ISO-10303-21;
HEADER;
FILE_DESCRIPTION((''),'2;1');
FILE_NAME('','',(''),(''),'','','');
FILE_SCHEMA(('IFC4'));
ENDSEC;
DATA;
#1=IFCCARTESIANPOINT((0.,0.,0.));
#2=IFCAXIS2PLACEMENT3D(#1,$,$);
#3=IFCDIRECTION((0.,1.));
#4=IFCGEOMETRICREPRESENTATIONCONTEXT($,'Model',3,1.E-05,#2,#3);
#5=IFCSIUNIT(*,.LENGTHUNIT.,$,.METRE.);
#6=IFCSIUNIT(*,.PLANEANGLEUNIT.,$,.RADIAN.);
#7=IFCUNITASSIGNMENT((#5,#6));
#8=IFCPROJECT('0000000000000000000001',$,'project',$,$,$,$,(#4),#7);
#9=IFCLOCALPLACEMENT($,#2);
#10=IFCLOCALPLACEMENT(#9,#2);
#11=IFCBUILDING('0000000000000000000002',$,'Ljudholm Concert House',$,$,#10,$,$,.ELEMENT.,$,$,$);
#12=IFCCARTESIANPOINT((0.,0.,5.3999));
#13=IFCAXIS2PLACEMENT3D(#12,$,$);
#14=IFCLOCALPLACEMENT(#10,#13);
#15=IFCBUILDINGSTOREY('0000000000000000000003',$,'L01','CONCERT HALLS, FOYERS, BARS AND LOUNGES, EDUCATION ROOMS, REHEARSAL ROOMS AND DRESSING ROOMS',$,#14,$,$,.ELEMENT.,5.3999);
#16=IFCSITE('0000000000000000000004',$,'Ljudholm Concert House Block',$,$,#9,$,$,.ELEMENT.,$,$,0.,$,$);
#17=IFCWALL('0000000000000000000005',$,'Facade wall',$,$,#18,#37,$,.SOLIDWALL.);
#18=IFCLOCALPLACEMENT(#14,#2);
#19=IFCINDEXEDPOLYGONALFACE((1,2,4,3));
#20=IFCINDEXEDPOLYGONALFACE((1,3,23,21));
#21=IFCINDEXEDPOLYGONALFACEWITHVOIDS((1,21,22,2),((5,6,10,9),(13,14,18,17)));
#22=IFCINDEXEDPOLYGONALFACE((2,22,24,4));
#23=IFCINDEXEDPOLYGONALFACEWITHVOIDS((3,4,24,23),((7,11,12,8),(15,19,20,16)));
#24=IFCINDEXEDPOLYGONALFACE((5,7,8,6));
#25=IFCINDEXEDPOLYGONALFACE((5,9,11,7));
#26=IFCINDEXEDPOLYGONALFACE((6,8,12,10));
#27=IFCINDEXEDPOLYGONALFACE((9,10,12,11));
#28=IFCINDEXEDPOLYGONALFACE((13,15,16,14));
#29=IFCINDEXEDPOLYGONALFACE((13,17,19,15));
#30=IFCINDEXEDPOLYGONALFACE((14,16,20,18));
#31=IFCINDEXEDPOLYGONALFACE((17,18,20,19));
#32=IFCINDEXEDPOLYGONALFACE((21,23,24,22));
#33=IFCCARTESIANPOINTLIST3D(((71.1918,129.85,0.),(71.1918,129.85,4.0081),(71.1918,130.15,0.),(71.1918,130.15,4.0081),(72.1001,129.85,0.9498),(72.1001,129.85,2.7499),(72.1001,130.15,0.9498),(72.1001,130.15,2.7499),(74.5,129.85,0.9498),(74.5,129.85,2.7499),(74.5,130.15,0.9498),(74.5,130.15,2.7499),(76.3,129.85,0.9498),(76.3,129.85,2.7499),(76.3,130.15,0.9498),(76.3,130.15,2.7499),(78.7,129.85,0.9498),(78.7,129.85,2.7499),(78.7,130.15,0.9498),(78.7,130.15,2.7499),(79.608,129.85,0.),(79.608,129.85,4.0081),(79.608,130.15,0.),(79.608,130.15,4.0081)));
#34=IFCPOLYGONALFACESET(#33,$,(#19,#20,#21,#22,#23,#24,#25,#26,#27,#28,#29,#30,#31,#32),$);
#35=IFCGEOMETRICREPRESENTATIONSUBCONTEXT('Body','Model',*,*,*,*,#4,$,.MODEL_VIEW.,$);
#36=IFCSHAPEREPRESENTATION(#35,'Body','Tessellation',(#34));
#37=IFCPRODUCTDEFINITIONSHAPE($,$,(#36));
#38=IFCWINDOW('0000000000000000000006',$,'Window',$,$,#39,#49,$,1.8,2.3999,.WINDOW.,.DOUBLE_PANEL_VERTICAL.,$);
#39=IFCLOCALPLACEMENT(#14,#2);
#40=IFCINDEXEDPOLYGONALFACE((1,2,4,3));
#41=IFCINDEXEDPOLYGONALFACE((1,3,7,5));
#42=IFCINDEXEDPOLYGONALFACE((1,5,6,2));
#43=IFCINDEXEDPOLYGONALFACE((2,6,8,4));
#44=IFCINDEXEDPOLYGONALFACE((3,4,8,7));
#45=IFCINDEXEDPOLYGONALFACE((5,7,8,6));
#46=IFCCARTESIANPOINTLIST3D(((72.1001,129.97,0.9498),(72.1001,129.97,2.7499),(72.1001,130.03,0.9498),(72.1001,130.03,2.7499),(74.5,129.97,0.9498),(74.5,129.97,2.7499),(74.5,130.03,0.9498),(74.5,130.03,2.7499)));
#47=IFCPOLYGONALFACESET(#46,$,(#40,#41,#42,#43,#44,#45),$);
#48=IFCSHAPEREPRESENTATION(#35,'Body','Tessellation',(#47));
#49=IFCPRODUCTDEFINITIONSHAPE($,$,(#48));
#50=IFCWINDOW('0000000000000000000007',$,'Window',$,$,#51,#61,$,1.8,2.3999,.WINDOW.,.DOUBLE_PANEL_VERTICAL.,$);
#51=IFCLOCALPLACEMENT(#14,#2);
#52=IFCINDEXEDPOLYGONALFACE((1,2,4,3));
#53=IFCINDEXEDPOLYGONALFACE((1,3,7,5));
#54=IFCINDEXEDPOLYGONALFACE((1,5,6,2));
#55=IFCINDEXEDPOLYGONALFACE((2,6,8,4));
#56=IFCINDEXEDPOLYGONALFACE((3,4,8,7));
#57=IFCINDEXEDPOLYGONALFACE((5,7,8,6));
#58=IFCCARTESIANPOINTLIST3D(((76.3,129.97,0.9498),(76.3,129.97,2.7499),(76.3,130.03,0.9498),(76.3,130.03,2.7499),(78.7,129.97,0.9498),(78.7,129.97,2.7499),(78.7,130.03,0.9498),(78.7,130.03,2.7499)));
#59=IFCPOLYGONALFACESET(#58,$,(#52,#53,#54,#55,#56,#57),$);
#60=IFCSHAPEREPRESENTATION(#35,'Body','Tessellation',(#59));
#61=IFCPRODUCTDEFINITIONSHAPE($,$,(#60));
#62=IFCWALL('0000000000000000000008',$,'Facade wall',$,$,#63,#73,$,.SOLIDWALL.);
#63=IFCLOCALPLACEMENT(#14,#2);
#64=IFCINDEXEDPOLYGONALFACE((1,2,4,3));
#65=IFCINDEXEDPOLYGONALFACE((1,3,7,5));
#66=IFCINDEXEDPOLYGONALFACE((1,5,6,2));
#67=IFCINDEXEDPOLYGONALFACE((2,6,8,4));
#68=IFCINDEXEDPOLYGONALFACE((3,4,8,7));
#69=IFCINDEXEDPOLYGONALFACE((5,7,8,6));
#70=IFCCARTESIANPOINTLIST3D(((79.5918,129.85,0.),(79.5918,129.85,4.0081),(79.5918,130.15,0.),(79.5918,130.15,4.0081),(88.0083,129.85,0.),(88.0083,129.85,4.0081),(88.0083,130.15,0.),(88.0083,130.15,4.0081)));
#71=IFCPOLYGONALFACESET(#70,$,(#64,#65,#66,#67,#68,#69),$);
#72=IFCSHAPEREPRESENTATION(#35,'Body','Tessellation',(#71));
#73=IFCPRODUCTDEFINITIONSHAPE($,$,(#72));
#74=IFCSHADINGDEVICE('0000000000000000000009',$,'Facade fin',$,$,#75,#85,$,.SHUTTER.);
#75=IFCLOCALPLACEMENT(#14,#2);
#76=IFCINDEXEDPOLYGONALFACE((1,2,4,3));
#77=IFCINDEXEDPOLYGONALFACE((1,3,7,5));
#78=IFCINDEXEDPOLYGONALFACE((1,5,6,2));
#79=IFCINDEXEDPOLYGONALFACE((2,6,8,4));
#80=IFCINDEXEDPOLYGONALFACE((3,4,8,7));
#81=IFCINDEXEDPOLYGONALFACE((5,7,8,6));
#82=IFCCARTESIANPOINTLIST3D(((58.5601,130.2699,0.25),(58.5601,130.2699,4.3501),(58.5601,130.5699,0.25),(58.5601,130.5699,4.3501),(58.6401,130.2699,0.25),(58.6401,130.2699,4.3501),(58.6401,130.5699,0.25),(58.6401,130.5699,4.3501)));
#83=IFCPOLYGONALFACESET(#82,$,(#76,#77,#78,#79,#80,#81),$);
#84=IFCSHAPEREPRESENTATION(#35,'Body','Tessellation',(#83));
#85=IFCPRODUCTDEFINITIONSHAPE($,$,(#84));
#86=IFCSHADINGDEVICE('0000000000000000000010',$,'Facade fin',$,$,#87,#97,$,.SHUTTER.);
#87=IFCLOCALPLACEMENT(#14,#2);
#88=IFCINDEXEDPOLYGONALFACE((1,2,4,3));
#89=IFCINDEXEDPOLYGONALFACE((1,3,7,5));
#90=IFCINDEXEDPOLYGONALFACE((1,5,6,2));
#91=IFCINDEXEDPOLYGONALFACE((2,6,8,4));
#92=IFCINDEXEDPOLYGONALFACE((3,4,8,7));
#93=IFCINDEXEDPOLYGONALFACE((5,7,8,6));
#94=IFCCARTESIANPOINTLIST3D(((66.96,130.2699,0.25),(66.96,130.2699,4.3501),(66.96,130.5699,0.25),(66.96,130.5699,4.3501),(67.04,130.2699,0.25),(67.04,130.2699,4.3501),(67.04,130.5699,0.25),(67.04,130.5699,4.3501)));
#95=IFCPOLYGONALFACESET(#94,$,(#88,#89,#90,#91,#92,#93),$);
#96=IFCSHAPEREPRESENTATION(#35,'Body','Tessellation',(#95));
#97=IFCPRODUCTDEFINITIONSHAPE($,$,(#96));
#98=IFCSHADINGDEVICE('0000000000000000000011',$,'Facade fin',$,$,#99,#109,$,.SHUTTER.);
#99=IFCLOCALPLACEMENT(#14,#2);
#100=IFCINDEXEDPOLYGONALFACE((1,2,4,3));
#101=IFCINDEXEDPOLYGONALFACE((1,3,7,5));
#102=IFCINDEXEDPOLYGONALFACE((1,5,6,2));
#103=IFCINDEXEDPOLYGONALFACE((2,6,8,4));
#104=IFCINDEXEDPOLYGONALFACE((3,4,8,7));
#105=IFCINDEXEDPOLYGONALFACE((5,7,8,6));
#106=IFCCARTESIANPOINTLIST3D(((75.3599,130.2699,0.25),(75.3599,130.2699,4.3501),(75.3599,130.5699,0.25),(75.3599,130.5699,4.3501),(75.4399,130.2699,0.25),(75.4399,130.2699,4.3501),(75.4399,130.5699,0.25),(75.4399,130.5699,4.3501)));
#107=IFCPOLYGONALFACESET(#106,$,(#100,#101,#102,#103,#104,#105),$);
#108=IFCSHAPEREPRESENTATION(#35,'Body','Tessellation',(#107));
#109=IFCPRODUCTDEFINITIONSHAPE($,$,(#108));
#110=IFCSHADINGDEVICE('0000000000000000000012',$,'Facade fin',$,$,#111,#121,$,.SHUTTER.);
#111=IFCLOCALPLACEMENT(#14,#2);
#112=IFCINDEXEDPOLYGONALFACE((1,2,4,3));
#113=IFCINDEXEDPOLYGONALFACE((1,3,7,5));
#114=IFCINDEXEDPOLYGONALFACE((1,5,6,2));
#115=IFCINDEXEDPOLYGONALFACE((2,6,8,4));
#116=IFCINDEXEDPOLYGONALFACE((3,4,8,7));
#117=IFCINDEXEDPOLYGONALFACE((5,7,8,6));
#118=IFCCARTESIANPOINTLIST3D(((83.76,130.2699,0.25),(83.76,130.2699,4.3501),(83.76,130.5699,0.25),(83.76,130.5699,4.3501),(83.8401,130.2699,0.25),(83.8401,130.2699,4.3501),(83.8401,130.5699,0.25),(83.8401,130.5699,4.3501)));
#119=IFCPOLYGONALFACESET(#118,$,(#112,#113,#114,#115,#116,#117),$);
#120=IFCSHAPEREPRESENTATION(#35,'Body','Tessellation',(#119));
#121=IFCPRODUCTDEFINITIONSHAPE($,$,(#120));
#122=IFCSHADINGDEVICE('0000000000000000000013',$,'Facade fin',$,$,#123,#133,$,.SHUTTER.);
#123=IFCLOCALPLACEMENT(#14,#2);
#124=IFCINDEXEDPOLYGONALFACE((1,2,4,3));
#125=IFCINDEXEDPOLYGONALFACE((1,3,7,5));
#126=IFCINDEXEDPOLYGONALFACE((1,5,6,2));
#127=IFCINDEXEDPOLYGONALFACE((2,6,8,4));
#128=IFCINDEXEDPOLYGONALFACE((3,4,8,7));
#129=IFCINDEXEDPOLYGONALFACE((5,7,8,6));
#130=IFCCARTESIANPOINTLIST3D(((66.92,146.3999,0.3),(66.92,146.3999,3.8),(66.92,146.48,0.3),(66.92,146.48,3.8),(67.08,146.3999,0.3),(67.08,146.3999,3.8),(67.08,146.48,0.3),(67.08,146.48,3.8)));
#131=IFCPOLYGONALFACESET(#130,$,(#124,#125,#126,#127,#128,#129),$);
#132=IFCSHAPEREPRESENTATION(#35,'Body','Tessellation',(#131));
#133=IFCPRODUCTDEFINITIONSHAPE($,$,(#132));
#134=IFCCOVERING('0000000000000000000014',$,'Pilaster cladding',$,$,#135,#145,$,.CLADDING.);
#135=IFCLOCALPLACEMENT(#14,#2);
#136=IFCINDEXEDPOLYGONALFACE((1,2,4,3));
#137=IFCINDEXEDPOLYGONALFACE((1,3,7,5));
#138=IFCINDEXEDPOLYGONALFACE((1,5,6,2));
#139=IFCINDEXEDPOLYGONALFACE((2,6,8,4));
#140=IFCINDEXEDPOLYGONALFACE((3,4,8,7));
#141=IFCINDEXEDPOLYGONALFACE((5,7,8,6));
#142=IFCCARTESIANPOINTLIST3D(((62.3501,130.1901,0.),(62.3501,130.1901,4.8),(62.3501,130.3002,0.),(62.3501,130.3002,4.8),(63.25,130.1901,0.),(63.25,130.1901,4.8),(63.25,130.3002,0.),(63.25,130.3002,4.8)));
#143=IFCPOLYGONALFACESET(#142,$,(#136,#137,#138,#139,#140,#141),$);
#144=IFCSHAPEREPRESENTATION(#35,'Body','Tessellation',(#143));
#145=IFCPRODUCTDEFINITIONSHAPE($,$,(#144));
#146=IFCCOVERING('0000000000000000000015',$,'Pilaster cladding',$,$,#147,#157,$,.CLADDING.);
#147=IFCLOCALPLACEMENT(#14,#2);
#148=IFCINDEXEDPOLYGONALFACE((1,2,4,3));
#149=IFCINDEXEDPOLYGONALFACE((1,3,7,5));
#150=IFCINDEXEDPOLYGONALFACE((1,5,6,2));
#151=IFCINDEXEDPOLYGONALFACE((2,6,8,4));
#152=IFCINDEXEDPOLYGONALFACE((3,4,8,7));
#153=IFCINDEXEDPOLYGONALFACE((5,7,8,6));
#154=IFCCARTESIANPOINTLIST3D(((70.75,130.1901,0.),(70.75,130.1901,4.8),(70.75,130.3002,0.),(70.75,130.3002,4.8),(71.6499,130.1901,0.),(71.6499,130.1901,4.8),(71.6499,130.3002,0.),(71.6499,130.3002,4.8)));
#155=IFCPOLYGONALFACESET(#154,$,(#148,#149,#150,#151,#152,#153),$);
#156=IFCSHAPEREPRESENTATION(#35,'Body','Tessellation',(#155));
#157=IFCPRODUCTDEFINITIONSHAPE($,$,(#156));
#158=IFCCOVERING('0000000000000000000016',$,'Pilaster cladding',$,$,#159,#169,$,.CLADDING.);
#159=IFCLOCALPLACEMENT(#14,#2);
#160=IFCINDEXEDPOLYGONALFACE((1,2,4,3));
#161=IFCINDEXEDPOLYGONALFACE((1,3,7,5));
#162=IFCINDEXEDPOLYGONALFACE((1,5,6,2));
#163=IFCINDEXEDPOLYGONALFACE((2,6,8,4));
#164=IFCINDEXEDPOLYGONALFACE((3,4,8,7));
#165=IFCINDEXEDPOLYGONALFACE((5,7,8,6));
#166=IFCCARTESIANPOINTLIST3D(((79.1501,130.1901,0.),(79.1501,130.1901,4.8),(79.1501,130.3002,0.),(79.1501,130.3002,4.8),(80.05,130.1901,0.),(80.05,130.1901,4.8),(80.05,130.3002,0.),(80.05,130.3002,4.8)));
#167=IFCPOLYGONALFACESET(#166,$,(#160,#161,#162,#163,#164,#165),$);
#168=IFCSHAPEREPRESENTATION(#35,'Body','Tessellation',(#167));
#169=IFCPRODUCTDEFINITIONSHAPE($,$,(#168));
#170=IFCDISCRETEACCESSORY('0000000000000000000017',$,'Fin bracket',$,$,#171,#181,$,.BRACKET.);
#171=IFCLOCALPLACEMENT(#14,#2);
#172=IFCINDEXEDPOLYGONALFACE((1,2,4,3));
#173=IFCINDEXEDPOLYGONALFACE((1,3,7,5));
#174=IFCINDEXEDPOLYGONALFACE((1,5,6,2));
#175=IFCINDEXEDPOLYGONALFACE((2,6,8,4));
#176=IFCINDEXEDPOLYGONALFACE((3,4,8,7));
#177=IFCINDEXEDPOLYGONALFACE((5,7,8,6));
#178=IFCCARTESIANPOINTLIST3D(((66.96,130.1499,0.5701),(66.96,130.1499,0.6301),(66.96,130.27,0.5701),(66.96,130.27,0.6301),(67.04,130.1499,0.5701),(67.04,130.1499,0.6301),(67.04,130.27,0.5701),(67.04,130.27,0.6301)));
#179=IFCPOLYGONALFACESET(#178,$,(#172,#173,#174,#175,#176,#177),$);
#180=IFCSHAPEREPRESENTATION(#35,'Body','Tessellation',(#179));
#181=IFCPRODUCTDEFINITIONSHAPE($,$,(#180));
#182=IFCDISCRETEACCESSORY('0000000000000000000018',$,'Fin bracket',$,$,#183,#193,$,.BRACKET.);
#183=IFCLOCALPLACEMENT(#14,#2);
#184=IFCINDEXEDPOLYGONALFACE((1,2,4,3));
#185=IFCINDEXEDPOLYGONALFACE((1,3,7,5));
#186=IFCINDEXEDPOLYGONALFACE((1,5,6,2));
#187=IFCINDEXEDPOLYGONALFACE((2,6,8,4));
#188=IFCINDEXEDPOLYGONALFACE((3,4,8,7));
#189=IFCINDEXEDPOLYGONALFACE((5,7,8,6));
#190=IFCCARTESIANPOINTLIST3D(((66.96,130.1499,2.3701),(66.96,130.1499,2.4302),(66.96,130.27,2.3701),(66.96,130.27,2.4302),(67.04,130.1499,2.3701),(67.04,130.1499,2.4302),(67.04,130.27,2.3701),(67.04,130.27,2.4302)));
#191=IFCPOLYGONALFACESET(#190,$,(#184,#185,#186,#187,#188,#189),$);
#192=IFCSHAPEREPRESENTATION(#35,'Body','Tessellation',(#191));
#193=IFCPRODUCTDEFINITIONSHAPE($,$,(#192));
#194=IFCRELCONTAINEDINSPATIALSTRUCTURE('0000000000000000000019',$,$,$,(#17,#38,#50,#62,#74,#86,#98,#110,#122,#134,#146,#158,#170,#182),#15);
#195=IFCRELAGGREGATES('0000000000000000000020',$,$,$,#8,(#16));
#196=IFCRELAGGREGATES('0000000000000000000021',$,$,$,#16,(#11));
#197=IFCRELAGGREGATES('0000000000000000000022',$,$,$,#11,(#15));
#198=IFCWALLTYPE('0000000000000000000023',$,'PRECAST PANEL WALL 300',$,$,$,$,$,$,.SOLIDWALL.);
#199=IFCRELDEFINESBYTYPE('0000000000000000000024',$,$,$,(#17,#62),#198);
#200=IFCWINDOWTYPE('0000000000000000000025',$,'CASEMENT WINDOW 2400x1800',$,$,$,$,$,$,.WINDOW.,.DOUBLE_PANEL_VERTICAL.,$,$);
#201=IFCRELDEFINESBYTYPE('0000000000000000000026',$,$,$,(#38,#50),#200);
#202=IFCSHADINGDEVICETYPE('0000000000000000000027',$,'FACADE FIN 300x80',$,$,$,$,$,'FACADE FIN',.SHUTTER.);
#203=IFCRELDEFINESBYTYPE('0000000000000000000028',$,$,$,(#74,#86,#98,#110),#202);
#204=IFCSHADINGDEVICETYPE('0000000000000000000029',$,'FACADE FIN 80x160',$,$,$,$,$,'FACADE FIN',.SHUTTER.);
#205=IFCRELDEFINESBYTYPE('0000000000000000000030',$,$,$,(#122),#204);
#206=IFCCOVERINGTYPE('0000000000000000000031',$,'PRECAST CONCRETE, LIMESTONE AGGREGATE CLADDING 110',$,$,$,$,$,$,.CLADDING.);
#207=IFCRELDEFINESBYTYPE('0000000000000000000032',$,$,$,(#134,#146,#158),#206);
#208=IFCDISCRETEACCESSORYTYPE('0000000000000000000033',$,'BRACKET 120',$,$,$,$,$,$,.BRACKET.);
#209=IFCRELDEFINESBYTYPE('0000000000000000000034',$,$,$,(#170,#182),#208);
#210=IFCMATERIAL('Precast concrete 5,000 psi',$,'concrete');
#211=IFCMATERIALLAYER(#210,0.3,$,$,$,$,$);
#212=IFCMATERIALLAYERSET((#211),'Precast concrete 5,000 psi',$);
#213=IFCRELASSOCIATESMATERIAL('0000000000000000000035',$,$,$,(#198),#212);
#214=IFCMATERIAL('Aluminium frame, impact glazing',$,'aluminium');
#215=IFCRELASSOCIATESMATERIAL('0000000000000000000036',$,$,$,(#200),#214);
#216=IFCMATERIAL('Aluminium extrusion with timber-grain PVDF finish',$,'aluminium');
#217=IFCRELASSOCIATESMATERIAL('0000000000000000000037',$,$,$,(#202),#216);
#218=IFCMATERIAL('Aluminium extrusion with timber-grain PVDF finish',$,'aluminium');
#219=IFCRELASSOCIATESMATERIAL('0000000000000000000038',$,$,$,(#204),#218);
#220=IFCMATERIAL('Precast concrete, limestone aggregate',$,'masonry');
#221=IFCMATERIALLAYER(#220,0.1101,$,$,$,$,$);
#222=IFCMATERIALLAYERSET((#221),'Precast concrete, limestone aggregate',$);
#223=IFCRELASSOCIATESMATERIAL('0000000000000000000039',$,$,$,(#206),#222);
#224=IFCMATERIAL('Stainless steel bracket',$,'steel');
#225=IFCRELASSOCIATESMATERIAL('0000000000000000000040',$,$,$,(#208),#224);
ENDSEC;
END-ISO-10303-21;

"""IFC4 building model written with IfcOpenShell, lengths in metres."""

from ifc_helpers import new_model, si_unit, direction, frame, frame_2d, origin, origin_2d, place, context, subcontext, project, spatial, rectangle, extrude, material, layer, layer_set, type_object, element, fill, save


model = new_model("IFC4")

# Units and contexts
model_context = context("Model", 3, precision=1e-05, world=origin(), true_north=direction((0.0, 1.0)))
body_context = subcontext(model_context, "Body", "Model", "MODEL_VIEW")
ifc_project = project(units=[si_unit("LENGTHUNIT", "METRE"), si_unit("PLANEANGLEUNIT", "RADIAN")], contexts=[model_context])

# Site, building, storey
site_placement = place(None, origin())
site = spatial("IfcSite", under=ifc_project, at=site_placement, Name="Ljudholm Concert House Block", CompositionType="ELEMENT", RefElevation=0.0)
building_placement = place(site_placement, origin())
building = spatial("IfcBuilding", under=site, at=building_placement, Name="Ljudholm Concert House", CompositionType="ELEMENT")
storey_placement = place(building_placement, frame((0.0, 0.0, 5.3999)))
storey = spatial("IfcBuildingStorey", under=building, at=storey_placement, Name="L01", Description="CONCERT HALLS, FOYERS, BARS AND LOUNGES, EDUCATION ROOMS, REHEARSAL ROOMS AND DRESSING ROOMS", CompositionType="ELEMENT", Elevation=5.3999)

# Wall, openings, windows
ifc_material_1 = material(Name="Precast concrete 5,000 psi", Category="concrete")
ifc_layer_1 = layer(ifc_material_1, 0.3)
ifc_layer_set_1 = layer_set([ifc_layer_1], Name="Precast concrete 5,000 psi")
wall_type = type_object("IfcWallType", Name="PRECAST PANEL WALL 300", PredefinedType="SOLIDWALL", material=ifc_layer_set_1)
ifc_material_2 = material(Name="Aluminium frame, impact glazing", Category="aluminium")
window_type = type_object("IfcWindowType", Name="CASEMENT WINDOW 2400x1800", PartitioningType="DOUBLE_PANEL_VERTICAL", PredefinedType="WINDOW", material=ifc_material_2)
wall_1_placement = place(storey_placement, frame((71.1919, 130.0, 0.0), z_axis=(0.0, 0.0, 1.0), x_axis=(1.0, 0.0, 0.0)))
wall_1 = element("IfcWall", 1, at=wall_1_placement, inside=storey, type_object=wall_type, Name="Facade wall", PredefinedType="SOLIDWALL", context=body_context, shape_type="SweptSolid", body=[
    extrude(rectangle(XDim=8.4163, YDim=0.3, at=frame_2d((4.208, 0.0))), origin(), (0.0, 0.0, 1.0), 4.0081),
])
opening_1_placement = place(wall_1_placement, frame((0.9082, 0.0, 0.95)))
opening_1 = element("IfcOpeningElement", 2, at=opening_1_placement, cuts=wall_1, PredefinedType="OPENING", context=body_context, shape_type="SweptSolid", body=[
    extrude(rectangle(XDim=2.3999, YDim=1.8, at=frame_2d((1.2, 0.8999))), frame((0.0, 0.1599, 0.0), z_axis=(0.0, -1.0, 0.0), x_axis=(1.0, 0.0, 0.0)), (0.0, 0.0, 1.0), 0.3201),
])
opening_2_placement = place(wall_1_placement, frame((5.1082, 0.0, 0.95)))
opening_2 = element("IfcOpeningElement", 3, at=opening_2_placement, cuts=wall_1, PredefinedType="OPENING", context=body_context, shape_type="SweptSolid", body=[
    extrude(rectangle(XDim=2.3999, YDim=1.8, at=frame_2d((1.2, 0.8999))), frame((0.0, 0.1599, 0.0), z_axis=(0.0, -1.0, 0.0), x_axis=(1.0, 0.0, 0.0)), (0.0, 0.0, 1.0), 0.3201),
])
window_1_placement = place(opening_1_placement, origin())
window_1 = element("IfcWindow", 4, at=window_1_placement, inside=storey, type_object=window_type, Name="Window", OverallHeight=1.8, OverallWidth=2.3999, PartitioningType="DOUBLE_PANEL_VERTICAL", PredefinedType="WINDOW", context=body_context, shape_type="SweptSolid", body=[
    extrude(rectangle(XDim=2.3999, YDim=1.8, at=frame_2d((1.2, 0.8999))), frame((0.0, 0.03, 0.0), z_axis=(0.0, -1.0, 0.0), x_axis=(1.0, 0.0, 0.0)), (0.0, 0.0, 1.0), 0.0601),
])
fill(opening_1, window_1)
window_2_placement = place(opening_2_placement, origin())
window_2 = element("IfcWindow", 5, at=window_2_placement, inside=storey, type_object=window_type, Name="Window", OverallHeight=1.8, OverallWidth=2.3999, PartitioningType="DOUBLE_PANEL_VERTICAL", PredefinedType="WINDOW", context=body_context, shape_type="SweptSolid", body=[
    extrude(rectangle(XDim=2.3999, YDim=1.8, at=frame_2d((1.2, 0.8999))), frame((0.0, 0.03, 0.0), z_axis=(0.0, -1.0, 0.0), x_axis=(1.0, 0.0, 0.0)), (0.0, 0.0, 1.0), 0.0601),
])
fill(opening_2, window_2)

# Wall
wall_2_placement = place(storey_placement, frame((79.5918, 130.0, 0.0), z_axis=(0.0, 0.0, 1.0), x_axis=(1.0, 0.0, 0.0)))
element("IfcWall", 6, at=wall_2_placement, inside=storey, type_object=wall_type, Name="Facade wall", PredefinedType="SOLIDWALL", context=body_context, shape_type="SweptSolid", body=[
    extrude(rectangle(XDim=8.4165, YDim=0.3, at=frame_2d((4.2083, 0.0))), origin(), (0.0, 0.0, 1.0), 4.0081),
])

# Shading devices
ifc_material_3 = material(Name="Aluminium extrusion with timber-grain PVDF finish", Category="aluminium")
shading_device_type_1 = type_object("IfcShadingDeviceType", Name="FACADE FIN 300x80", ElementType="FACADE FIN", PredefinedType="SHUTTER", material=ifc_material_3)
for number, where, z_axis, x_axis, name in (
    (7, (58.6001, 130.4199, 0.25), (0.0, 0.0, 1.0), (0.0, 1.0, 0.0), "Facade fin"),
    (8, (67.0, 130.4199, 0.25), (0.0, 0.0, 1.0), (0.0, 1.0, 0.0), "Facade fin"),
    (9, (75.3999, 130.4199, 0.25), (0.0, 0.0, 1.0), (0.0, 1.0, 0.0), "Facade fin"),
    (10, (83.8, 130.4199, 0.25), (0.0, 0.0, 1.0), (0.0, 1.0, 0.0), "Facade fin"),
):
    element("IfcShadingDevice", number, at=place(storey_placement, frame(where, z_axis=z_axis, x_axis=x_axis)), inside=storey, type_object=shading_device_type_1, Name=name, PredefinedType="SHUTTER", context=body_context, shape_type="SweptSolid", body=[
        extrude(rectangle(XDim=0.3, YDim=0.0801, at=origin_2d()), origin(), (0.0, 0.0, 1.0), 4.1001),
    ])
ifc_material_4 = material(Name="Aluminium extrusion with timber-grain PVDF finish", Category="aluminium")
shading_device_type_2 = type_object("IfcShadingDeviceType", Name="FACADE FIN 80x160", ElementType="FACADE FIN", PredefinedType="SHUTTER", material=ifc_material_4)
shading_device_placement = place(storey_placement, frame((67.0, 146.4399, 0.3), z_axis=(0.0, 0.0, 1.0), x_axis=(0.0, -1.0, 0.0)))
element("IfcShadingDevice", 11, at=shading_device_placement, inside=storey, type_object=shading_device_type_2, Name="Facade fin", PredefinedType="SHUTTER", context=body_context, shape_type="SweptSolid", body=[
    extrude(rectangle(XDim=0.0801, YDim=0.1599, at=origin_2d()), origin(), (0.0, 0.0, 1.0), 3.5),
])

# Coverings
ifc_material_5 = material(Name="Precast concrete, limestone aggregate", Category="masonry")
ifc_layer_2 = layer(ifc_material_5, 0.1101)
ifc_layer_set_2 = layer_set([ifc_layer_2], Name="Precast concrete, limestone aggregate")
covering_type = type_object("IfcCoveringType", Name="PRECAST CONCRETE, LIMESTONE AGGREGATE CLADDING 110", PredefinedType="CLADDING", material=ifc_layer_set_2)
for number, where, z_axis, x_axis, name in (
    (12, (62.8, 130.2451, 0.0), (0.0, 0.0, 1.0), (0.0, 1.0, 0.0), "Pilaster cladding"),
    (13, (71.2, 130.2451, 0.0), (0.0, 0.0, 1.0), (0.0, 1.0, 0.0), "Pilaster cladding"),
    (14, (79.6001, 130.2451, 0.0), (0.0, 0.0, 1.0), (0.0, 1.0, 0.0), "Pilaster cladding"),
):
    element("IfcCovering", number, at=place(storey_placement, frame(where, z_axis=z_axis, x_axis=x_axis)), inside=storey, type_object=covering_type, Name=name, PredefinedType="CLADDING", context=body_context, shape_type="SweptSolid", body=[
        extrude(rectangle(XDim=0.1101, YDim=0.8999, at=origin_2d()), origin(), (0.0, 0.0, 1.0), 4.8),
    ])

# Discrete accessories
ifc_material_6 = material(Name="Stainless steel bracket", Category="steel")
discrete_accessory_type = type_object("IfcDiscreteAccessoryType", Name="BRACKET 120", PredefinedType="BRACKET", material=ifc_material_6)
for number, where, z_axis, x_axis, name in (
    (15, (67.0, 130.21, 0.5701), (0.0, 0.0, 1.0), (0.0, 1.0, 0.0), "Fin bracket"),
    (16, (67.0, 130.21, 2.3701), (0.0, 0.0, 1.0), (0.0, 1.0, 0.0), "Fin bracket"),
):
    element("IfcDiscreteAccessory", number, at=place(storey_placement, frame(where, z_axis=z_axis, x_axis=x_axis)), inside=storey, type_object=discrete_accessory_type, Name=name, PredefinedType="BRACKET", context=body_context, shape_type="SweptSolid", body=[
        extrude(rectangle(XDim=0.1201, YDim=0.0801, at=origin_2d()), origin(), (0.0, 0.0, 1.0), 0.0601),
    ])

save(model, "model.ifc")
